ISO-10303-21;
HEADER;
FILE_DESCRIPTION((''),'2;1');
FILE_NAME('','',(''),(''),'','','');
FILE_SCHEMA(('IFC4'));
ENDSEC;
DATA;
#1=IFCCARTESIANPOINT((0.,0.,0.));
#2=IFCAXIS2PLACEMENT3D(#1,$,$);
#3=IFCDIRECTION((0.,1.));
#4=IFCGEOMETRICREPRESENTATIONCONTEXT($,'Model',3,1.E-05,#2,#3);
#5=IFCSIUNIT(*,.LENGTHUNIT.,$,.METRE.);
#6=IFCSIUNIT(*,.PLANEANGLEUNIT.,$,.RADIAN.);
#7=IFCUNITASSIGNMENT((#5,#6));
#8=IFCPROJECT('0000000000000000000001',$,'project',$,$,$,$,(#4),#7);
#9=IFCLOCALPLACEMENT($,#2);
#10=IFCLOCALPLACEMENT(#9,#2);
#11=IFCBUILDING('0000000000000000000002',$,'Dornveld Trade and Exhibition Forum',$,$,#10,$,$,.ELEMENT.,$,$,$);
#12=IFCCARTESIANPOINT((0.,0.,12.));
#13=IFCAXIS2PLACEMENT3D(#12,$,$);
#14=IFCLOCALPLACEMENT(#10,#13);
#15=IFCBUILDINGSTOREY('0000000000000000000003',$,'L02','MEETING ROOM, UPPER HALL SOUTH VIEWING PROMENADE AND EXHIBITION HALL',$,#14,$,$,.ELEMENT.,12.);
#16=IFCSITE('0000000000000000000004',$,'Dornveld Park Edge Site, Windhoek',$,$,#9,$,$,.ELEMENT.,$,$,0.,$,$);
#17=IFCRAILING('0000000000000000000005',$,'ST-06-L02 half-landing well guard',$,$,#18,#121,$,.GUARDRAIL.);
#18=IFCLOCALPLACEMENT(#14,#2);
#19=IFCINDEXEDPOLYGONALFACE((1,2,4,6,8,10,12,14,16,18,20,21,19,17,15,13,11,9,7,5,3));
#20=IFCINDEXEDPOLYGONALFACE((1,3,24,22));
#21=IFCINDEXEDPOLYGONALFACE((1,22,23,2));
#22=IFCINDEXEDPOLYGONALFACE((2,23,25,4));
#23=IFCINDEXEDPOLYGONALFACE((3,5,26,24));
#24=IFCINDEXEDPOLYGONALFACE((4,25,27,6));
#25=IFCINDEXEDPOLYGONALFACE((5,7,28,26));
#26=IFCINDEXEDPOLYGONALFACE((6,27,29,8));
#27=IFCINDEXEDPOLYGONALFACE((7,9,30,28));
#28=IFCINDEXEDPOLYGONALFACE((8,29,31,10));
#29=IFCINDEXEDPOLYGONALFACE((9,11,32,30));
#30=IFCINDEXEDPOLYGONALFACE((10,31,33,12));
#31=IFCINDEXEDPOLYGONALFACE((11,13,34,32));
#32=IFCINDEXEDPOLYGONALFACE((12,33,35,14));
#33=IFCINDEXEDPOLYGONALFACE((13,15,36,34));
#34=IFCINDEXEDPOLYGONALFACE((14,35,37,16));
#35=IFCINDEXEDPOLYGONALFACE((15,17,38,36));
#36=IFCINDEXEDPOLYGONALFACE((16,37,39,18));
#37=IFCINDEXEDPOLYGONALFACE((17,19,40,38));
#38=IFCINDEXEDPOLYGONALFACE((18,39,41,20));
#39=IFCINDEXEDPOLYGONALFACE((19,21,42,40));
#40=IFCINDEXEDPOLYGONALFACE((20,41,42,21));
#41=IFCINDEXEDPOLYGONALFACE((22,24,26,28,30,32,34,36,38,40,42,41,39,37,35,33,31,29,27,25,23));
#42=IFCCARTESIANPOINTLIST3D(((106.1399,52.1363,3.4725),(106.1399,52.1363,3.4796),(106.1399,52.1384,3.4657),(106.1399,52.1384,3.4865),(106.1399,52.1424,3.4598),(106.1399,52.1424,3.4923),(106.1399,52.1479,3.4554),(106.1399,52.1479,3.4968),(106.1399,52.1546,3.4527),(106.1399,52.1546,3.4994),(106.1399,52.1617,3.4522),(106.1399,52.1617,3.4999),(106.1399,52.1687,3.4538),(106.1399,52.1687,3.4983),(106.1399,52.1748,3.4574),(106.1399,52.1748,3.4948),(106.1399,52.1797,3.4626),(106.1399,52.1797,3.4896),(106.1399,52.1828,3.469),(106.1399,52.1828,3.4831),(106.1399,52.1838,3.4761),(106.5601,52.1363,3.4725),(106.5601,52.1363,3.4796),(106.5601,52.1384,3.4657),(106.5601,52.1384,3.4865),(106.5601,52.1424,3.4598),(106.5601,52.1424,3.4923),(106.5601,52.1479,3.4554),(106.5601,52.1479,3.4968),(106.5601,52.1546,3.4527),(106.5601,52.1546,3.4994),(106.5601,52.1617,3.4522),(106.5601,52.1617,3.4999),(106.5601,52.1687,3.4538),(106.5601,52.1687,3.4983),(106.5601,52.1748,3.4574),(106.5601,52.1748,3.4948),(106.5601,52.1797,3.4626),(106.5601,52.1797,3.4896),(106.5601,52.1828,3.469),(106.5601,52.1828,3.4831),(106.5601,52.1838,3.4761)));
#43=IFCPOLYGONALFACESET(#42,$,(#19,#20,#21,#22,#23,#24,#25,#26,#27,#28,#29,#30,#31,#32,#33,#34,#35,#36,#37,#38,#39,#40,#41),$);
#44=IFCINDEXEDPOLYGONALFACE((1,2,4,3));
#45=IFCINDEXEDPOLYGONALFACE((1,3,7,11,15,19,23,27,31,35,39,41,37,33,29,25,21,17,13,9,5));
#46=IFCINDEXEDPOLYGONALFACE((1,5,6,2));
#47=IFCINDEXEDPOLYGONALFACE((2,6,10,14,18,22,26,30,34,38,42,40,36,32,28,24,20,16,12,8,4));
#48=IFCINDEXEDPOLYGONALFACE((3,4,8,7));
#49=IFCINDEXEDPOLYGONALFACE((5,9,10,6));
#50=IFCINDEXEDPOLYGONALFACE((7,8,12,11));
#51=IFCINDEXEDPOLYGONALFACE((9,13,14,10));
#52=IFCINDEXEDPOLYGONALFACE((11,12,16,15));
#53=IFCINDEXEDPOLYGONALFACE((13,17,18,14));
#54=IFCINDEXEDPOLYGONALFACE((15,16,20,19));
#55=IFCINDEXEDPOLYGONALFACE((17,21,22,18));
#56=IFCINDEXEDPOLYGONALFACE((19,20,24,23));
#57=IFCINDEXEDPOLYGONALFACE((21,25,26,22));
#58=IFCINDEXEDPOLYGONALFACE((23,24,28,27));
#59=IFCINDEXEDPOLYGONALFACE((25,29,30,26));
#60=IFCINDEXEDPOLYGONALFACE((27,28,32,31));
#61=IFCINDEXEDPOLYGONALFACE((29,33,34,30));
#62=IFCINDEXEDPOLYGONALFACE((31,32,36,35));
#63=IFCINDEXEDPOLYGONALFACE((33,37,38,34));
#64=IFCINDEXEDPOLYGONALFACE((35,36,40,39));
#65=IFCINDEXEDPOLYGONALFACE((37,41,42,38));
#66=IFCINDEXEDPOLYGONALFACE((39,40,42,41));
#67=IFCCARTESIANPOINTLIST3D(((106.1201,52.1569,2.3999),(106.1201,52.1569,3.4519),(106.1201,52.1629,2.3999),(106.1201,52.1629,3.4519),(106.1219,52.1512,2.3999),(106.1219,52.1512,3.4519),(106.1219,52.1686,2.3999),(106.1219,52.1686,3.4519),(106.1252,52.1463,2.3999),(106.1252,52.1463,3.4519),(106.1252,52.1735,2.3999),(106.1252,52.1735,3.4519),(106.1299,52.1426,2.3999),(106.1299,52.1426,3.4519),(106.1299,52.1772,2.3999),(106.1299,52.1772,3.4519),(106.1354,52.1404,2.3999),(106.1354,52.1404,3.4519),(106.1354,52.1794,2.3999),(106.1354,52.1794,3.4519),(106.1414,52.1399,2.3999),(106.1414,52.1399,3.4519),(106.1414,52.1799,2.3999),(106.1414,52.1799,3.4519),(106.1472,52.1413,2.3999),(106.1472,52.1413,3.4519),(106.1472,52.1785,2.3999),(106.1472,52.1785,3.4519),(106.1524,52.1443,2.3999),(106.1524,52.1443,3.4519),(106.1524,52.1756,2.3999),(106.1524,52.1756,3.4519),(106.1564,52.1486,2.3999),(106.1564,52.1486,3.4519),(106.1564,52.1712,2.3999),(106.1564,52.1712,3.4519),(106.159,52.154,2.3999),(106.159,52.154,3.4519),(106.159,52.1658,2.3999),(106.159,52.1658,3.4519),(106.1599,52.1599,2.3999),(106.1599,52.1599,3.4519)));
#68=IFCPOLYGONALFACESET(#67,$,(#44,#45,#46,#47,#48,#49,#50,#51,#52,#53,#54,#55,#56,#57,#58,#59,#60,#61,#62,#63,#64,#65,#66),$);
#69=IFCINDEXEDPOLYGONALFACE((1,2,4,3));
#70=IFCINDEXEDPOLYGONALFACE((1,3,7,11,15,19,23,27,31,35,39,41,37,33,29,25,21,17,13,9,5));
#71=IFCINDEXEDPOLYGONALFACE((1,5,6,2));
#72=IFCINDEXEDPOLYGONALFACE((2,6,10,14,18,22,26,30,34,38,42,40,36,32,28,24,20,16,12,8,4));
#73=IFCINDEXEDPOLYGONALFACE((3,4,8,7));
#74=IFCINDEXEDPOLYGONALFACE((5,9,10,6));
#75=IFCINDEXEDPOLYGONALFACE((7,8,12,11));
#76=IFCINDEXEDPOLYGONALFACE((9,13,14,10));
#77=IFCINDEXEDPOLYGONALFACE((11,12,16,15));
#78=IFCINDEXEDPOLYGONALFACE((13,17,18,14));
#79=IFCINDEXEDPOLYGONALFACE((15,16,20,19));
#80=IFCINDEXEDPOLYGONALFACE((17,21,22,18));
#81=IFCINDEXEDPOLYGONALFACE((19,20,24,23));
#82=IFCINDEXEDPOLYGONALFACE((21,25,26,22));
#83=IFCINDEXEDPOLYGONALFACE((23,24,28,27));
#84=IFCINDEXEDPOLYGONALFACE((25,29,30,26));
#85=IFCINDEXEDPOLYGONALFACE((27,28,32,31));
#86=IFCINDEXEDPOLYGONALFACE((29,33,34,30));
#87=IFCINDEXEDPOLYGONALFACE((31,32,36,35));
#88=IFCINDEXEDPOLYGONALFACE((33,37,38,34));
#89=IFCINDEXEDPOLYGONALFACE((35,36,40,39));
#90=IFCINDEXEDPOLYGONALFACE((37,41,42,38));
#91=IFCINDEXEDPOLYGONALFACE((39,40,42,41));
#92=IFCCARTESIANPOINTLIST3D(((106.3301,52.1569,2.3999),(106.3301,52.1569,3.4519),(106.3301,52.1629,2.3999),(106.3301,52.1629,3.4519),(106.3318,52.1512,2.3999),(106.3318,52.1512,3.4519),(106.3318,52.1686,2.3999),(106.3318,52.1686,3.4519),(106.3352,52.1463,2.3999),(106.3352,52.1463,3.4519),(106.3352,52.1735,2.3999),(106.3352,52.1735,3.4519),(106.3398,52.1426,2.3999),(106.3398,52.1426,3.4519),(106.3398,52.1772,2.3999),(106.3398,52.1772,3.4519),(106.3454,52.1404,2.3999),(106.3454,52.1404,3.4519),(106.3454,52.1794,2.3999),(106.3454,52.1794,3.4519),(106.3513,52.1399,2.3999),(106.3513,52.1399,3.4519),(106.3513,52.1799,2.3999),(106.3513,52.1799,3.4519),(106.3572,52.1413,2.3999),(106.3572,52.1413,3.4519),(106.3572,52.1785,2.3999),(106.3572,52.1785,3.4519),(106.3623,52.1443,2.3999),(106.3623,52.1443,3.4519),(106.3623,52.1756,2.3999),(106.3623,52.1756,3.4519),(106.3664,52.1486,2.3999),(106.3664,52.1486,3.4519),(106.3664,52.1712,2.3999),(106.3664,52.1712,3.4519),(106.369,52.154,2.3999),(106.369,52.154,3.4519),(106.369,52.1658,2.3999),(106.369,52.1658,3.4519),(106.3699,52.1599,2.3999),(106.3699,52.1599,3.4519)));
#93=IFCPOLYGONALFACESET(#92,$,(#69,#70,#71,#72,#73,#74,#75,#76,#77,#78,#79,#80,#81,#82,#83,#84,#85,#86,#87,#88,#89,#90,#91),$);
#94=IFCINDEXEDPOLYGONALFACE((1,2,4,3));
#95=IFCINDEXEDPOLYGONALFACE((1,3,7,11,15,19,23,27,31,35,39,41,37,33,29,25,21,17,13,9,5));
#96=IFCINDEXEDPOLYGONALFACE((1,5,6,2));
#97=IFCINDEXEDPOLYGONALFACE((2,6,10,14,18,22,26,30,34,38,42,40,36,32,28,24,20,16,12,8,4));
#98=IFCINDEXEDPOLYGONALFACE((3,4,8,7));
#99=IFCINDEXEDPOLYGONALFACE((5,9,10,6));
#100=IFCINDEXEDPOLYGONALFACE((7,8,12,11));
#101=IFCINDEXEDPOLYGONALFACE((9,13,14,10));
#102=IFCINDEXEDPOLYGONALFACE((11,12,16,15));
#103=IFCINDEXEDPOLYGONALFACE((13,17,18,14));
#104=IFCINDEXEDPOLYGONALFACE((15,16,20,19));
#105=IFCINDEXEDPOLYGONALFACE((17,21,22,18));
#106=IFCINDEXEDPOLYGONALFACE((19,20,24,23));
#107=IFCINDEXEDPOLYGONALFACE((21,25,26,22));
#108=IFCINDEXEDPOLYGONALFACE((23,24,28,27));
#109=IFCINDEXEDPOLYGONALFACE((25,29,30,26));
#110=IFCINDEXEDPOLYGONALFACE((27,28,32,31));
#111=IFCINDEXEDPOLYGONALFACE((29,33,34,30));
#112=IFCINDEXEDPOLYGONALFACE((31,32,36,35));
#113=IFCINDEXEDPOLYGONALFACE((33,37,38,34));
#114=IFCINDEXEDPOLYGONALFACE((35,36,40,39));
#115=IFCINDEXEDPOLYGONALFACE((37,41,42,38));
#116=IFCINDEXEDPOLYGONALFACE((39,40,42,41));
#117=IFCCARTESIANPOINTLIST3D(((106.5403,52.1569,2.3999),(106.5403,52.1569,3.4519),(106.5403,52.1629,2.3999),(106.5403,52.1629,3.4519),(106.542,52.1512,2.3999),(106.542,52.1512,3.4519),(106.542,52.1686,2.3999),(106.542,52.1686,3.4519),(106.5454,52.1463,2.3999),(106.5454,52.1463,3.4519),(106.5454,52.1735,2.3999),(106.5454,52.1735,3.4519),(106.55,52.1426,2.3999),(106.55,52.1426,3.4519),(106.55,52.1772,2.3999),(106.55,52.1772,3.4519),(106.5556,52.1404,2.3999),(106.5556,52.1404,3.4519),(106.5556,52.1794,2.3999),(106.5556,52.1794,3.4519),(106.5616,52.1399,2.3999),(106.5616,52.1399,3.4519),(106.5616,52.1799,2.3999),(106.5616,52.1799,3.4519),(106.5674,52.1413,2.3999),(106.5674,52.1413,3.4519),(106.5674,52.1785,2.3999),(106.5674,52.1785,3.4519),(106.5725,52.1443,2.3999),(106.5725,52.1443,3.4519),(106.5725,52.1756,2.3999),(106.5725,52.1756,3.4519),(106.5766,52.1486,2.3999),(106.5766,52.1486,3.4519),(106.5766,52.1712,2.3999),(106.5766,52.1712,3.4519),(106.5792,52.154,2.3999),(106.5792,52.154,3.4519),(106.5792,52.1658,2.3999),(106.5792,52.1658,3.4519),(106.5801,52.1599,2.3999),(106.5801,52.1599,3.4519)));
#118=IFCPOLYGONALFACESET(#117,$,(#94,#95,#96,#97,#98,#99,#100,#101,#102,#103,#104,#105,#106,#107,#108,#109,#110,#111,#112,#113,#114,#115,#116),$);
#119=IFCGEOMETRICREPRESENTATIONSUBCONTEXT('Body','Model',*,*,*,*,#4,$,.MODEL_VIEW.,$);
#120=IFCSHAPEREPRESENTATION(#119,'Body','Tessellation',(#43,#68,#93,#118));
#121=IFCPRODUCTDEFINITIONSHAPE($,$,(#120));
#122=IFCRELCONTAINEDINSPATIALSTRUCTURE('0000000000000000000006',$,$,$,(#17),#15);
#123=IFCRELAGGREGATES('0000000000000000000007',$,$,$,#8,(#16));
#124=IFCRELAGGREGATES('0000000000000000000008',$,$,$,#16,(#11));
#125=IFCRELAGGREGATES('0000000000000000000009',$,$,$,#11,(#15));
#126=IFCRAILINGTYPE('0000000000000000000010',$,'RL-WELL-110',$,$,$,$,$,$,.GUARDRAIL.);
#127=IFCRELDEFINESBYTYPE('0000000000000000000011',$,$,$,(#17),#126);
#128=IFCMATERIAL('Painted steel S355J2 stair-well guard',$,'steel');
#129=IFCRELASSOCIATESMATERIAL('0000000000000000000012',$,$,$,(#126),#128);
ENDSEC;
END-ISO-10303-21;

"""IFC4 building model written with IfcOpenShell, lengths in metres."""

from ifc_helpers import new_model, si_unit, direction, frame, origin, origin_2d, place, context, subcontext, project, spatial, circle, extrude, material, type_object, element, save


model = new_model("IFC4")

# Units and contexts
model_context = context("Model", 3, precision=1e-05, world=origin(), true_north=direction((0.0, 1.0)))
body_context = subcontext(model_context, "Body", "Model", "MODEL_VIEW")
ifc_project = project(units=[si_unit("LENGTHUNIT", "METRE"), si_unit("PLANEANGLEUNIT", "RADIAN")], contexts=[model_context])

# Site, building, storey
site_placement = place(None, origin())
site = spatial("IfcSite", under=ifc_project, at=site_placement, Name="Dornveld Park Edge Site, Windhoek", CompositionType="ELEMENT", RefElevation=0.0)
building_placement = place(site_placement, origin())
building = spatial("IfcBuilding", under=site, at=building_placement, Name="Dornveld Trade and Exhibition Forum", CompositionType="ELEMENT")
storey_placement = place(building_placement, frame((0.0, 0.0, 12.0)))
storey = spatial("IfcBuildingStorey", under=building, at=storey_placement, Name="L02", Description="MEETING ROOM, UPPER HALL SOUTH VIEWING PROMENADE AND EXHIBITION HALL", CompositionType="ELEMENT", Elevation=12.0)

# Railing
ifc_material_1 = material(Name="Painted steel S355J2 stair-well guard", Category="steel")
railing_type_1 = type_object("IfcRailingType", Name="RL-WELL-110", PredefinedType="GUARDRAIL", material=ifc_material_1)
railing_1_placement = place(storey_placement, frame((106.1399, 52.1599, 2.3999)))
element("IfcRailing", 1, at=railing_1_placement, inside=storey, type_object=railing_type_1, Name="ST-06-L02 half-landing well guard", PredefinedType="GUARDRAIL", context=body_context, shape_type="SweptSolid", body=[
    extrude(circle(Radius=0.0239, at=origin_2d()), frame((0.0, 0.0, 1.0762), z_axis=(1.0, 0.0, 0.0), x_axis=(0.0, 1.0, 0.0)), (0.0, 0.0, 1.0), 0.4202),
    extrude(circle(Radius=0.02, at=origin_2d()), origin(), (0.0, 0.0, 1.0), 1.052),
    extrude(circle(Radius=0.02, at=origin_2d()), frame((0.21, 0.0, 0.0)), (0.0, 0.0, 1.0), 1.052),
    extrude(circle(Radius=0.02, at=origin_2d()), frame((0.4202, 0.0, 0.0)), (0.0, 0.0, 1.0), 1.052),
])

save(model, "model.ifc")
